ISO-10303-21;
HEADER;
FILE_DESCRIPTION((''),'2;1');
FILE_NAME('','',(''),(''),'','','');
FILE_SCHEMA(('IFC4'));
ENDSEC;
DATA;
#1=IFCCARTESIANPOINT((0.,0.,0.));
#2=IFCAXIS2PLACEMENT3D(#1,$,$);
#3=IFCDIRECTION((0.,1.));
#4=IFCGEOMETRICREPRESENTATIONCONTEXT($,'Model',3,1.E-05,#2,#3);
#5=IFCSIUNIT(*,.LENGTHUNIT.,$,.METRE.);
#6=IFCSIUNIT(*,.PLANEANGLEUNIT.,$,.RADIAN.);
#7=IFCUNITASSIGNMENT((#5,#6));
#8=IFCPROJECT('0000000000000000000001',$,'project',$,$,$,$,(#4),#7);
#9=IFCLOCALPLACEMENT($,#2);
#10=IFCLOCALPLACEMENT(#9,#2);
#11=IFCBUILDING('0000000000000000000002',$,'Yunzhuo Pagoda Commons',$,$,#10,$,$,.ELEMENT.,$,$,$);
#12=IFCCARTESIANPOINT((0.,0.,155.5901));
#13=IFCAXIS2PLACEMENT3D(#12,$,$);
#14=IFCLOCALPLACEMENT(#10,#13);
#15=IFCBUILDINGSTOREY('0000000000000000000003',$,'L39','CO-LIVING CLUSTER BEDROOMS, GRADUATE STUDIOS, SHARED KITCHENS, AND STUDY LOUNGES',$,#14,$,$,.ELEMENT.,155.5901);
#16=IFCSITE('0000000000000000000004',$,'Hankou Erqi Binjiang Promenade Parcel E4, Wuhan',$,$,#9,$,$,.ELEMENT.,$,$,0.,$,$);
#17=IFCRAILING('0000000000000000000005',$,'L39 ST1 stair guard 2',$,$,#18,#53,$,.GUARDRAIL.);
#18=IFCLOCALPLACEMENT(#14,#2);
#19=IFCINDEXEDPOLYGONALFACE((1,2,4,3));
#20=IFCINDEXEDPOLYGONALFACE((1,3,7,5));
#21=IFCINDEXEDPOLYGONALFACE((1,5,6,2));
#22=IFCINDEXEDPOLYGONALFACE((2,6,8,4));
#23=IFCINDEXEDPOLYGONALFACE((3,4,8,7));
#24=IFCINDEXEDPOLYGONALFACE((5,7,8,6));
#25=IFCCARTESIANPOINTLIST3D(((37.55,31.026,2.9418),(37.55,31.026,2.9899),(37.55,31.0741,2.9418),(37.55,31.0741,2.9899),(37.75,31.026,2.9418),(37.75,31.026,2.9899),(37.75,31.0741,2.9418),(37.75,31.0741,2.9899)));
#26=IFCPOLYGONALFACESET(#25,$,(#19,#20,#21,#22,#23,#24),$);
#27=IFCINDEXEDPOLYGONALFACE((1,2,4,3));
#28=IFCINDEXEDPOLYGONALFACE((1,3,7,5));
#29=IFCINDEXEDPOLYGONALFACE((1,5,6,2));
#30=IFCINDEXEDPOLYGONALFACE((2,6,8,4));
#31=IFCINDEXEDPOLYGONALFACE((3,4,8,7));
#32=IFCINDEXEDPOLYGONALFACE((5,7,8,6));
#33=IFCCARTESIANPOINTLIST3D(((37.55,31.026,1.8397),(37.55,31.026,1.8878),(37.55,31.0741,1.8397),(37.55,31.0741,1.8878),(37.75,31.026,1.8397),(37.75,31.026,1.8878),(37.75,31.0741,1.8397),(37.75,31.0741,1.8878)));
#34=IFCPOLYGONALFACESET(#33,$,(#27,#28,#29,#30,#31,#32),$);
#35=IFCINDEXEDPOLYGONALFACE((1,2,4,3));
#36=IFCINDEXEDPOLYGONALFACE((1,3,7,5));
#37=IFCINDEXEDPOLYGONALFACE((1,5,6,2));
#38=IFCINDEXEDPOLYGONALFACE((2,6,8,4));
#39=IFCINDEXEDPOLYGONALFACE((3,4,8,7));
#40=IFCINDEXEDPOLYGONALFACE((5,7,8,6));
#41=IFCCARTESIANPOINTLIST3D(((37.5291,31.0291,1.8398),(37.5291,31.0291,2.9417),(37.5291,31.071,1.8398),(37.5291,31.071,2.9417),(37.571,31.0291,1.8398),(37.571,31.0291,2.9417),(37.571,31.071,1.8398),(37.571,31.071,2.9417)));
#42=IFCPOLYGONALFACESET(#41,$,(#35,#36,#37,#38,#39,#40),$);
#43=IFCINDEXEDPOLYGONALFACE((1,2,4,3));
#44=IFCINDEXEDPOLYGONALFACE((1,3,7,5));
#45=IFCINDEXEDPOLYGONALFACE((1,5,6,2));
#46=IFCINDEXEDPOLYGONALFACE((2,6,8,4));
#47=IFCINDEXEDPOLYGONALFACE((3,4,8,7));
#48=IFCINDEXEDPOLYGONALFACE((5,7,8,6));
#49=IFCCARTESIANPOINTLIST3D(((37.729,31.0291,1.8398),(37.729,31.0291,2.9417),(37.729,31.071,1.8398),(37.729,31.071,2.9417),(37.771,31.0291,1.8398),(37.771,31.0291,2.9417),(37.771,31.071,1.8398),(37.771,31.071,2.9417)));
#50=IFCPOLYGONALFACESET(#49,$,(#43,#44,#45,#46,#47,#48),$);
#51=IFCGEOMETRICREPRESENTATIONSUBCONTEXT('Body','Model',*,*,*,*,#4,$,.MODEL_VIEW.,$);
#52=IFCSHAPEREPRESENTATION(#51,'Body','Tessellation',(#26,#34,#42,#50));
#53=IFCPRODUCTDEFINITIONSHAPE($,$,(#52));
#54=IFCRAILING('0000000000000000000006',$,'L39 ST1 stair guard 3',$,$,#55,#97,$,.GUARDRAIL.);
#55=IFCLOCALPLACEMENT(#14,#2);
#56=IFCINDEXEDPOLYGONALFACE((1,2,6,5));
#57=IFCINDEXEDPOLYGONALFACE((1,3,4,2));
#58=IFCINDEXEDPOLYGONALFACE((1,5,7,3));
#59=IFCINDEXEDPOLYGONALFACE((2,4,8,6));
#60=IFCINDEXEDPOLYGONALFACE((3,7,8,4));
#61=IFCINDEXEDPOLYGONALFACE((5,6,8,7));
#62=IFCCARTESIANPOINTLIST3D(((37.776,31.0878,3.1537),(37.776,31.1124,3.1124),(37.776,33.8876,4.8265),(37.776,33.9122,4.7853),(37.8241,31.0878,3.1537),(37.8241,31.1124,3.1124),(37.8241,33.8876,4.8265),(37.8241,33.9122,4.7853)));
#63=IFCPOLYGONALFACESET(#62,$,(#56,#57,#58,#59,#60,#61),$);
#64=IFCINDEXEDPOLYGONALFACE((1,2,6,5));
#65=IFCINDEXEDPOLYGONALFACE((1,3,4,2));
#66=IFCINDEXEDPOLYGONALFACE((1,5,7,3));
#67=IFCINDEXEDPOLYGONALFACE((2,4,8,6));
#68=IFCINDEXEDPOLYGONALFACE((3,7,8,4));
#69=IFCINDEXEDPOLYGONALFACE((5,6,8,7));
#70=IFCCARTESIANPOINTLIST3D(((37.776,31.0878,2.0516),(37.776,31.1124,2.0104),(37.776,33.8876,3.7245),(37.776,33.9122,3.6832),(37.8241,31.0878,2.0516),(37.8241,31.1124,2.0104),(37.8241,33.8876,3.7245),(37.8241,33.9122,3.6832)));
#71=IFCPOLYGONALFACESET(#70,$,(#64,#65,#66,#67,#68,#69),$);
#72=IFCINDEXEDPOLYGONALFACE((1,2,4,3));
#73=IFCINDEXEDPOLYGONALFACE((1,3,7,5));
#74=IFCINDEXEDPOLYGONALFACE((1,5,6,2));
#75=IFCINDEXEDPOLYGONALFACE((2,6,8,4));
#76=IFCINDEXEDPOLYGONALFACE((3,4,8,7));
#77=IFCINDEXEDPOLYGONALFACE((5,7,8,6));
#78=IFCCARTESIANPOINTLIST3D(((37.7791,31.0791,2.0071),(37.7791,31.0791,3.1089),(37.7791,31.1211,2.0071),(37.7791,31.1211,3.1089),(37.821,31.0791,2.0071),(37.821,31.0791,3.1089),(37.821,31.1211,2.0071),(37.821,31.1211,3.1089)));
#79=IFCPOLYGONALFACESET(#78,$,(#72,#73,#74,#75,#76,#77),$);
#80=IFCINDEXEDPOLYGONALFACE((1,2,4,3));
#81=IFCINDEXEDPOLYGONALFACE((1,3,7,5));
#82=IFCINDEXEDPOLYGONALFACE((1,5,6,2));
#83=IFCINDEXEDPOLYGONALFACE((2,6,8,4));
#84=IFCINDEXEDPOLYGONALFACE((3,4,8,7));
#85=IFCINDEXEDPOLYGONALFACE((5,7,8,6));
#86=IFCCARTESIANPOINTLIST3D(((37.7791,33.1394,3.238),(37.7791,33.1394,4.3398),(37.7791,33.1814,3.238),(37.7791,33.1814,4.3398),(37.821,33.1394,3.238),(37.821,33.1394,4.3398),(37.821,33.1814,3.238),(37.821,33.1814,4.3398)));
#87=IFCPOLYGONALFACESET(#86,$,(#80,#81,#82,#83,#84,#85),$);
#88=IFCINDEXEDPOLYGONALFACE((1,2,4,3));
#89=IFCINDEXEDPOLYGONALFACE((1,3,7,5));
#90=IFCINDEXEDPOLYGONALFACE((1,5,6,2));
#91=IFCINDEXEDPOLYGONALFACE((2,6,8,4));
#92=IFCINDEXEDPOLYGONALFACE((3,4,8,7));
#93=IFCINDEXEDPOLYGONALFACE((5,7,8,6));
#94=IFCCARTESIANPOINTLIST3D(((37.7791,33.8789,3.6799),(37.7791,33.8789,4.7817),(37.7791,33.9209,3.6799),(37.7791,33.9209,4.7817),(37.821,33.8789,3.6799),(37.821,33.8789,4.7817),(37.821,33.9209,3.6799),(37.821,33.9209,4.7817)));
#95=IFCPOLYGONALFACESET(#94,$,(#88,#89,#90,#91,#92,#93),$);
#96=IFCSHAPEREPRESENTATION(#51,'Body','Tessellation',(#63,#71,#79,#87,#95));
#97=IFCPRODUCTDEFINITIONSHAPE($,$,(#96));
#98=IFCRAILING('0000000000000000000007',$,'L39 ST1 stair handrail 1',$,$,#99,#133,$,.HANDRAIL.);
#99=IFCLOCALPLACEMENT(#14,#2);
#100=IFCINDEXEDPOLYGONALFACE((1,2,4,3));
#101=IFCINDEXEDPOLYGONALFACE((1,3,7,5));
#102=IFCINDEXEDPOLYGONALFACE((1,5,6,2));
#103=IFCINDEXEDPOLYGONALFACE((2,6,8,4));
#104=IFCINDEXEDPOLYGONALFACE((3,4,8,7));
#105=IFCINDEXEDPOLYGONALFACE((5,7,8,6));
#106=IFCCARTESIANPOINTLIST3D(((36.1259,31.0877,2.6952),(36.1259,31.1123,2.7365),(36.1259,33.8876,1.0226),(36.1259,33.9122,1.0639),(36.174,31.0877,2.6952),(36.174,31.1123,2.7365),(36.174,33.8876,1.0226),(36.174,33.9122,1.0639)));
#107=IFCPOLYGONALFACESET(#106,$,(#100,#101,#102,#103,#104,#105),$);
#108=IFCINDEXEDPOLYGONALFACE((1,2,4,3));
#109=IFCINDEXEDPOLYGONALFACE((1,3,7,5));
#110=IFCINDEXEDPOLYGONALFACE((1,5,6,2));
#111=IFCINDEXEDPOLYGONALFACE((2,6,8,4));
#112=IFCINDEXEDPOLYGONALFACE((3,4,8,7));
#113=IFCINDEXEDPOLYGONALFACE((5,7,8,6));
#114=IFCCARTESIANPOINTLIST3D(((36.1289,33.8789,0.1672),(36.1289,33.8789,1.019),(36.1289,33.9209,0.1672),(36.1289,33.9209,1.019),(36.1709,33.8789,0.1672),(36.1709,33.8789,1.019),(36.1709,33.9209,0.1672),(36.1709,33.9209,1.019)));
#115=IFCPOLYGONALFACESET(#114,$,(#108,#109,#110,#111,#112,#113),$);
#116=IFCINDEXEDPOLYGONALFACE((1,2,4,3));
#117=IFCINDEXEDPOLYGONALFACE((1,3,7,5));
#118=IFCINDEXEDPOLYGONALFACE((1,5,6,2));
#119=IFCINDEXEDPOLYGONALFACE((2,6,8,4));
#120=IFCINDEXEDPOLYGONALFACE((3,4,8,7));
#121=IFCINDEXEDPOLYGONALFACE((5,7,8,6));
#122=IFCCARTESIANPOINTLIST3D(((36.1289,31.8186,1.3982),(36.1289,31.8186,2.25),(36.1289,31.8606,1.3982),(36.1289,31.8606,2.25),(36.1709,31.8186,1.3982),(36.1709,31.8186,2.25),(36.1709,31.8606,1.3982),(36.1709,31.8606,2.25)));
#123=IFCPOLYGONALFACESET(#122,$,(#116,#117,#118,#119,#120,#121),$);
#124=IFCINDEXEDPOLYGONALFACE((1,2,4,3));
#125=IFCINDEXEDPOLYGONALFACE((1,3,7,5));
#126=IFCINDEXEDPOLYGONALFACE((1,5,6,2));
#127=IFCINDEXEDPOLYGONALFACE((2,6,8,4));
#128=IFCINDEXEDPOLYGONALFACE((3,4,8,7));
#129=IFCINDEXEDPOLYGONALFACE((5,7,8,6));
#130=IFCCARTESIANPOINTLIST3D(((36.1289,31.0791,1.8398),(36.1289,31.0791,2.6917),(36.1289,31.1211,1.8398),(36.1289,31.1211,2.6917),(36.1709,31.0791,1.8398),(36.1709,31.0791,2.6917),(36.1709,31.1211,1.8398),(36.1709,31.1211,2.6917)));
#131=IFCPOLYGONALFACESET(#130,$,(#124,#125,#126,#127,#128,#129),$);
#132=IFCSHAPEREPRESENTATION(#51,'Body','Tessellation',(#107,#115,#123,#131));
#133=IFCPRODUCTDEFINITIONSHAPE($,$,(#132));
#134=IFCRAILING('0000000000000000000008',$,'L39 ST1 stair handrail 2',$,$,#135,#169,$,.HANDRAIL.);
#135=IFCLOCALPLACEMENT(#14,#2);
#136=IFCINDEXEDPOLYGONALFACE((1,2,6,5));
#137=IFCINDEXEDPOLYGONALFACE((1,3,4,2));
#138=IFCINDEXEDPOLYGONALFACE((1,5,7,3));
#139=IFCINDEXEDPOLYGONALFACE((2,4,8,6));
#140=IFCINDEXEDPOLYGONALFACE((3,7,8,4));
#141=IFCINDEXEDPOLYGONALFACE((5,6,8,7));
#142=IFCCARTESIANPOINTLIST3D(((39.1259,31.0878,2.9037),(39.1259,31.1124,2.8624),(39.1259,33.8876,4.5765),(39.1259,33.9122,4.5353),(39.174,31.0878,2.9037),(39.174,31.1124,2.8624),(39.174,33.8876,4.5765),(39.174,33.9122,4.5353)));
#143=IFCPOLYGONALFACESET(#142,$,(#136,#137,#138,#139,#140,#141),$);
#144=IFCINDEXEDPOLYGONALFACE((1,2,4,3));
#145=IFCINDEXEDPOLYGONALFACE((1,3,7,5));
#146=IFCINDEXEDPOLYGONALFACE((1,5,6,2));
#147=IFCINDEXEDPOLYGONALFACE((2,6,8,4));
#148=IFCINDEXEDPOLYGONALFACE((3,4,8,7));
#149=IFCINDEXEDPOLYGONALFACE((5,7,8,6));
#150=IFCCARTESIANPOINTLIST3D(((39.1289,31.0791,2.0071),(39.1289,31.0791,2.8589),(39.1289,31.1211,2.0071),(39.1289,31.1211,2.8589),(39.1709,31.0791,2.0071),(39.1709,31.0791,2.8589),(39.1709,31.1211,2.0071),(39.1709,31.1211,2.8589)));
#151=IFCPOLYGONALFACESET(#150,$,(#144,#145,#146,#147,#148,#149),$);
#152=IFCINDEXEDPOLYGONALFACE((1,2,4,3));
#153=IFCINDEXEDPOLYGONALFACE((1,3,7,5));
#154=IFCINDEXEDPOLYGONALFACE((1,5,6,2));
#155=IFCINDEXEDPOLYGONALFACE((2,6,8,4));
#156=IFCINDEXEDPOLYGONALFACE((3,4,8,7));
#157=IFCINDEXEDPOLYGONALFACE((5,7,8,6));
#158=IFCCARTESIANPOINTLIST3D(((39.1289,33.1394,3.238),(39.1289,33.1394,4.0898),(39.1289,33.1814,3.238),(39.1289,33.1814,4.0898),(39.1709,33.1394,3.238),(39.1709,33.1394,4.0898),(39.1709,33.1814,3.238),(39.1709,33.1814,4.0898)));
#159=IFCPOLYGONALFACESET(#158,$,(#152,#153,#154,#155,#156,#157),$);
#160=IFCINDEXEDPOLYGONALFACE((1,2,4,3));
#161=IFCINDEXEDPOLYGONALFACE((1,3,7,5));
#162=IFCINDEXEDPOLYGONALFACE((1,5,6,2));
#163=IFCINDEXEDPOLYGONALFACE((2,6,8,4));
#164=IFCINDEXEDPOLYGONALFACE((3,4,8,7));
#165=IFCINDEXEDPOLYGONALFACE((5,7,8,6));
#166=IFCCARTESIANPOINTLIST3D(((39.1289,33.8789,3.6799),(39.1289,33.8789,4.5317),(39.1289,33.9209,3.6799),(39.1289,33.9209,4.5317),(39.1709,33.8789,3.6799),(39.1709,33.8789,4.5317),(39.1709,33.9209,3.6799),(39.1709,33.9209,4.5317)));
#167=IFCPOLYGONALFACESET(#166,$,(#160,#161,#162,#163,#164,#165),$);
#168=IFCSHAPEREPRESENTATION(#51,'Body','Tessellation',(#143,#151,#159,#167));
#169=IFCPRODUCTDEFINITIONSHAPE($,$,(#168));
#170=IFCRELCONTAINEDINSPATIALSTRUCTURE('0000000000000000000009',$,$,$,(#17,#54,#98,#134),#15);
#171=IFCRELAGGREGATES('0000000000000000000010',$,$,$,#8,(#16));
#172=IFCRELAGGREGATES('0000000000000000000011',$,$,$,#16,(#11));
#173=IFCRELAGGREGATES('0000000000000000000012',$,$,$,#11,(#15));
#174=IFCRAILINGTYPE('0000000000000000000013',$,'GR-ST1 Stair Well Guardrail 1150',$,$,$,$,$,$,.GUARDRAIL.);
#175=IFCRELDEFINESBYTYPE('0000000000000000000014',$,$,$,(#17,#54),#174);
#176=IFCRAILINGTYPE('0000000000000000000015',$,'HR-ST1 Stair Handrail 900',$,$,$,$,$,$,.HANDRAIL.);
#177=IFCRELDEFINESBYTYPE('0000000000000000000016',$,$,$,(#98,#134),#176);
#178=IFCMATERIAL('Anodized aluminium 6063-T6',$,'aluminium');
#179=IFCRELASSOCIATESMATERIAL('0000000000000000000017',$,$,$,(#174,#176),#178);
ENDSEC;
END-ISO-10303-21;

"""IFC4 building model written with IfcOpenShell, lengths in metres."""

from ifc_helpers import new_model, si_unit, direction, frame, origin, origin_2d, place, context, subcontext, project, spatial, rectangle, extrude, material, type_object, element, save


model = new_model("IFC4")

# Units and contexts
model_context = context("Model", 3, precision=1e-05, world=origin(), true_north=direction((0.0, 1.0)))
body_context = subcontext(model_context, "Body", "Model", "MODEL_VIEW")
ifc_project = project(units=[si_unit("LENGTHUNIT", "METRE"), si_unit("PLANEANGLEUNIT", "RADIAN")], contexts=[model_context])

# Site, building, storey
site_placement = place(None, origin())
site = spatial("IfcSite", under=ifc_project, at=site_placement, Name="Hankou Erqi Binjiang Promenade Parcel E4, Wuhan", CompositionType="ELEMENT", RefElevation=0.0)
building_placement = place(site_placement, origin())
building = spatial("IfcBuilding", under=site, at=building_placement, Name="Yunzhuo Pagoda Commons", CompositionType="ELEMENT")
storey_placement = place(building_placement, frame((0.0, 0.0, 155.5901)))
storey = spatial("IfcBuildingStorey", under=building, at=storey_placement, Name="L39", Description="CO-LIVING CLUSTER BEDROOMS, GRADUATE STUDIOS, SHARED KITCHENS, AND STUDY LOUNGES", CompositionType="ELEMENT", Elevation=155.5901)

# Railings
ifc_material_1 = material(Name="Anodized aluminium 6063-T6", Category="aluminium")
railing_type_1 = type_object("IfcRailingType", Name="GR-ST1 Stair Well Guardrail 1150", PredefinedType="GUARDRAIL", material=ifc_material_1)
railing_1_placement = place(storey_placement, frame((37.55, 31.05, 1.8398)))
element("IfcRailing", 1, at=railing_1_placement, inside=storey, type_object=railing_type_1, Name="L39 ST1 stair guard 2", PredefinedType="GUARDRAIL", context=body_context, shape_type="SweptSolid", body=[
    extrude(rectangle(XDim=0.0481, YDim=0.0481, at=origin_2d()), frame((0.0, 0.0, 1.126), z_axis=(1.0, 0.0, 0.0), x_axis=(0.0, 1.0, 0.0)), (0.0, 0.0, 1.0), 0.2),
    extrude(rectangle(XDim=0.0481, YDim=0.0481, at=origin_2d()), frame((0.0, 0.0, 0.0239), z_axis=(1.0, 0.0, 0.0), x_axis=(0.0, 1.0, 0.0)), (0.0, 0.0, 1.0), 0.2),
    extrude(rectangle(XDim=0.042, YDim=0.042, at=origin_2d()), origin(), (0.0, 0.0, 1.0), 1.1018),
    extrude(rectangle(XDim=0.042, YDim=0.042, at=origin_2d()), frame((0.2, 0.0, 0.0)), (0.0, 0.0, 1.0), 1.1018),
])
railing_2_placement = place(storey_placement, frame((37.8, 31.1001, 2.0071)))
element("IfcRailing", 2, at=railing_2_placement, inside=storey, type_object=railing_type_1, Name="L39 ST1 stair guard 3", PredefinedType="GUARDRAIL", context=body_context, shape_type="SweptSolid", body=[
    extrude(rectangle(XDim=0.0481, YDim=0.0481, at=origin_2d()), frame((0.0, 0.0, 1.126), z_axis=(0.0, 0.858443, 0.51291), x_axis=(-1.0, 0.0, 0.0)), (0.0, 0.0, 1.0), 3.2615),
    extrude(rectangle(XDim=0.0481, YDim=0.0481, at=origin_2d()), frame((0.0, 0.0, 0.0239), z_axis=(0.0, 0.858443, 0.51291), x_axis=(-1.0, 0.0, 0.0)), (0.0, 0.0, 1.0), 3.2615),
    extrude(rectangle(XDim=0.042, YDim=0.042, at=origin_2d()), origin(), (0.0, 0.0, 1.0), 1.1018),
    extrude(rectangle(XDim=0.042, YDim=0.042, at=origin_2d()), frame((0.0, 2.0603, 1.231)), (0.0, 0.0, 1.0), 1.1018),
    extrude(rectangle(XDim=0.042, YDim=0.042, at=origin_2d()), frame((0.0, 2.7998, 1.6729)), (0.0, 0.0, 1.0), 1.1018),
])
railing_type_2 = type_object("IfcRailingType", Name="HR-ST1 Stair Handrail 900", PredefinedType="HANDRAIL", material=ifc_material_1)
railing_3_placement = place(storey_placement, frame((36.1499, 33.8999, 0.1672)))
element("IfcRailing", 3, at=railing_3_placement, inside=storey, type_object=railing_type_2, Name="L39 ST1 stair handrail 1", PredefinedType="HANDRAIL", context=body_context, shape_type="SweptSolid", body=[
    extrude(rectangle(XDim=0.0481, YDim=0.0481, at=origin_2d()), frame((0.0, 0.0, 0.876), z_axis=(0.0, -0.858476, 0.512855), x_axis=(1.0, 0.0, 0.0)), (0.0, 0.0, 1.0), 3.2615),
    extrude(rectangle(XDim=0.042, YDim=0.042, at=origin_2d()), origin(), (0.0, 0.0, 1.0), 0.8518),
    extrude(rectangle(XDim=0.042, YDim=0.042, at=origin_2d()), frame((0.0, -2.0603, 1.231)), (0.0, 0.0, 1.0), 0.8518),
    extrude(rectangle(XDim=0.042, YDim=0.042, at=origin_2d()), frame((0.0, -2.7998, 1.6726)), (0.0, 0.0, 1.0), 0.8518),
])
railing_4_placement = place(storey_placement, frame((39.1499, 31.1001, 2.0071)))
element("IfcRailing", 4, at=railing_4_placement, inside=storey, type_object=railing_type_2, Name="L39 ST1 stair handrail 2", PredefinedType="HANDRAIL", context=body_context, shape_type="SweptSolid", body=[
    extrude(rectangle(XDim=0.0481, YDim=0.0481, at=origin_2d()), frame((0.0, 0.0, 0.876), z_axis=(0.0, 0.858443, 0.51291), x_axis=(-1.0, 0.0, 0.0)), (0.0, 0.0, 1.0), 3.2615),
    extrude(rectangle(XDim=0.042, YDim=0.042, at=origin_2d()), origin(), (0.0, 0.0, 1.0), 0.8518),
    extrude(rectangle(XDim=0.042, YDim=0.042, at=origin_2d()), frame((0.0, 2.0603, 1.231)), (0.0, 0.0, 1.0), 0.8518),
    extrude(rectangle(XDim=0.042, YDim=0.042, at=origin_2d()), frame((0.0, 2.7998, 1.6729)), (0.0, 0.0, 1.0), 0.8518),
])

save(model, "model.ifc")
